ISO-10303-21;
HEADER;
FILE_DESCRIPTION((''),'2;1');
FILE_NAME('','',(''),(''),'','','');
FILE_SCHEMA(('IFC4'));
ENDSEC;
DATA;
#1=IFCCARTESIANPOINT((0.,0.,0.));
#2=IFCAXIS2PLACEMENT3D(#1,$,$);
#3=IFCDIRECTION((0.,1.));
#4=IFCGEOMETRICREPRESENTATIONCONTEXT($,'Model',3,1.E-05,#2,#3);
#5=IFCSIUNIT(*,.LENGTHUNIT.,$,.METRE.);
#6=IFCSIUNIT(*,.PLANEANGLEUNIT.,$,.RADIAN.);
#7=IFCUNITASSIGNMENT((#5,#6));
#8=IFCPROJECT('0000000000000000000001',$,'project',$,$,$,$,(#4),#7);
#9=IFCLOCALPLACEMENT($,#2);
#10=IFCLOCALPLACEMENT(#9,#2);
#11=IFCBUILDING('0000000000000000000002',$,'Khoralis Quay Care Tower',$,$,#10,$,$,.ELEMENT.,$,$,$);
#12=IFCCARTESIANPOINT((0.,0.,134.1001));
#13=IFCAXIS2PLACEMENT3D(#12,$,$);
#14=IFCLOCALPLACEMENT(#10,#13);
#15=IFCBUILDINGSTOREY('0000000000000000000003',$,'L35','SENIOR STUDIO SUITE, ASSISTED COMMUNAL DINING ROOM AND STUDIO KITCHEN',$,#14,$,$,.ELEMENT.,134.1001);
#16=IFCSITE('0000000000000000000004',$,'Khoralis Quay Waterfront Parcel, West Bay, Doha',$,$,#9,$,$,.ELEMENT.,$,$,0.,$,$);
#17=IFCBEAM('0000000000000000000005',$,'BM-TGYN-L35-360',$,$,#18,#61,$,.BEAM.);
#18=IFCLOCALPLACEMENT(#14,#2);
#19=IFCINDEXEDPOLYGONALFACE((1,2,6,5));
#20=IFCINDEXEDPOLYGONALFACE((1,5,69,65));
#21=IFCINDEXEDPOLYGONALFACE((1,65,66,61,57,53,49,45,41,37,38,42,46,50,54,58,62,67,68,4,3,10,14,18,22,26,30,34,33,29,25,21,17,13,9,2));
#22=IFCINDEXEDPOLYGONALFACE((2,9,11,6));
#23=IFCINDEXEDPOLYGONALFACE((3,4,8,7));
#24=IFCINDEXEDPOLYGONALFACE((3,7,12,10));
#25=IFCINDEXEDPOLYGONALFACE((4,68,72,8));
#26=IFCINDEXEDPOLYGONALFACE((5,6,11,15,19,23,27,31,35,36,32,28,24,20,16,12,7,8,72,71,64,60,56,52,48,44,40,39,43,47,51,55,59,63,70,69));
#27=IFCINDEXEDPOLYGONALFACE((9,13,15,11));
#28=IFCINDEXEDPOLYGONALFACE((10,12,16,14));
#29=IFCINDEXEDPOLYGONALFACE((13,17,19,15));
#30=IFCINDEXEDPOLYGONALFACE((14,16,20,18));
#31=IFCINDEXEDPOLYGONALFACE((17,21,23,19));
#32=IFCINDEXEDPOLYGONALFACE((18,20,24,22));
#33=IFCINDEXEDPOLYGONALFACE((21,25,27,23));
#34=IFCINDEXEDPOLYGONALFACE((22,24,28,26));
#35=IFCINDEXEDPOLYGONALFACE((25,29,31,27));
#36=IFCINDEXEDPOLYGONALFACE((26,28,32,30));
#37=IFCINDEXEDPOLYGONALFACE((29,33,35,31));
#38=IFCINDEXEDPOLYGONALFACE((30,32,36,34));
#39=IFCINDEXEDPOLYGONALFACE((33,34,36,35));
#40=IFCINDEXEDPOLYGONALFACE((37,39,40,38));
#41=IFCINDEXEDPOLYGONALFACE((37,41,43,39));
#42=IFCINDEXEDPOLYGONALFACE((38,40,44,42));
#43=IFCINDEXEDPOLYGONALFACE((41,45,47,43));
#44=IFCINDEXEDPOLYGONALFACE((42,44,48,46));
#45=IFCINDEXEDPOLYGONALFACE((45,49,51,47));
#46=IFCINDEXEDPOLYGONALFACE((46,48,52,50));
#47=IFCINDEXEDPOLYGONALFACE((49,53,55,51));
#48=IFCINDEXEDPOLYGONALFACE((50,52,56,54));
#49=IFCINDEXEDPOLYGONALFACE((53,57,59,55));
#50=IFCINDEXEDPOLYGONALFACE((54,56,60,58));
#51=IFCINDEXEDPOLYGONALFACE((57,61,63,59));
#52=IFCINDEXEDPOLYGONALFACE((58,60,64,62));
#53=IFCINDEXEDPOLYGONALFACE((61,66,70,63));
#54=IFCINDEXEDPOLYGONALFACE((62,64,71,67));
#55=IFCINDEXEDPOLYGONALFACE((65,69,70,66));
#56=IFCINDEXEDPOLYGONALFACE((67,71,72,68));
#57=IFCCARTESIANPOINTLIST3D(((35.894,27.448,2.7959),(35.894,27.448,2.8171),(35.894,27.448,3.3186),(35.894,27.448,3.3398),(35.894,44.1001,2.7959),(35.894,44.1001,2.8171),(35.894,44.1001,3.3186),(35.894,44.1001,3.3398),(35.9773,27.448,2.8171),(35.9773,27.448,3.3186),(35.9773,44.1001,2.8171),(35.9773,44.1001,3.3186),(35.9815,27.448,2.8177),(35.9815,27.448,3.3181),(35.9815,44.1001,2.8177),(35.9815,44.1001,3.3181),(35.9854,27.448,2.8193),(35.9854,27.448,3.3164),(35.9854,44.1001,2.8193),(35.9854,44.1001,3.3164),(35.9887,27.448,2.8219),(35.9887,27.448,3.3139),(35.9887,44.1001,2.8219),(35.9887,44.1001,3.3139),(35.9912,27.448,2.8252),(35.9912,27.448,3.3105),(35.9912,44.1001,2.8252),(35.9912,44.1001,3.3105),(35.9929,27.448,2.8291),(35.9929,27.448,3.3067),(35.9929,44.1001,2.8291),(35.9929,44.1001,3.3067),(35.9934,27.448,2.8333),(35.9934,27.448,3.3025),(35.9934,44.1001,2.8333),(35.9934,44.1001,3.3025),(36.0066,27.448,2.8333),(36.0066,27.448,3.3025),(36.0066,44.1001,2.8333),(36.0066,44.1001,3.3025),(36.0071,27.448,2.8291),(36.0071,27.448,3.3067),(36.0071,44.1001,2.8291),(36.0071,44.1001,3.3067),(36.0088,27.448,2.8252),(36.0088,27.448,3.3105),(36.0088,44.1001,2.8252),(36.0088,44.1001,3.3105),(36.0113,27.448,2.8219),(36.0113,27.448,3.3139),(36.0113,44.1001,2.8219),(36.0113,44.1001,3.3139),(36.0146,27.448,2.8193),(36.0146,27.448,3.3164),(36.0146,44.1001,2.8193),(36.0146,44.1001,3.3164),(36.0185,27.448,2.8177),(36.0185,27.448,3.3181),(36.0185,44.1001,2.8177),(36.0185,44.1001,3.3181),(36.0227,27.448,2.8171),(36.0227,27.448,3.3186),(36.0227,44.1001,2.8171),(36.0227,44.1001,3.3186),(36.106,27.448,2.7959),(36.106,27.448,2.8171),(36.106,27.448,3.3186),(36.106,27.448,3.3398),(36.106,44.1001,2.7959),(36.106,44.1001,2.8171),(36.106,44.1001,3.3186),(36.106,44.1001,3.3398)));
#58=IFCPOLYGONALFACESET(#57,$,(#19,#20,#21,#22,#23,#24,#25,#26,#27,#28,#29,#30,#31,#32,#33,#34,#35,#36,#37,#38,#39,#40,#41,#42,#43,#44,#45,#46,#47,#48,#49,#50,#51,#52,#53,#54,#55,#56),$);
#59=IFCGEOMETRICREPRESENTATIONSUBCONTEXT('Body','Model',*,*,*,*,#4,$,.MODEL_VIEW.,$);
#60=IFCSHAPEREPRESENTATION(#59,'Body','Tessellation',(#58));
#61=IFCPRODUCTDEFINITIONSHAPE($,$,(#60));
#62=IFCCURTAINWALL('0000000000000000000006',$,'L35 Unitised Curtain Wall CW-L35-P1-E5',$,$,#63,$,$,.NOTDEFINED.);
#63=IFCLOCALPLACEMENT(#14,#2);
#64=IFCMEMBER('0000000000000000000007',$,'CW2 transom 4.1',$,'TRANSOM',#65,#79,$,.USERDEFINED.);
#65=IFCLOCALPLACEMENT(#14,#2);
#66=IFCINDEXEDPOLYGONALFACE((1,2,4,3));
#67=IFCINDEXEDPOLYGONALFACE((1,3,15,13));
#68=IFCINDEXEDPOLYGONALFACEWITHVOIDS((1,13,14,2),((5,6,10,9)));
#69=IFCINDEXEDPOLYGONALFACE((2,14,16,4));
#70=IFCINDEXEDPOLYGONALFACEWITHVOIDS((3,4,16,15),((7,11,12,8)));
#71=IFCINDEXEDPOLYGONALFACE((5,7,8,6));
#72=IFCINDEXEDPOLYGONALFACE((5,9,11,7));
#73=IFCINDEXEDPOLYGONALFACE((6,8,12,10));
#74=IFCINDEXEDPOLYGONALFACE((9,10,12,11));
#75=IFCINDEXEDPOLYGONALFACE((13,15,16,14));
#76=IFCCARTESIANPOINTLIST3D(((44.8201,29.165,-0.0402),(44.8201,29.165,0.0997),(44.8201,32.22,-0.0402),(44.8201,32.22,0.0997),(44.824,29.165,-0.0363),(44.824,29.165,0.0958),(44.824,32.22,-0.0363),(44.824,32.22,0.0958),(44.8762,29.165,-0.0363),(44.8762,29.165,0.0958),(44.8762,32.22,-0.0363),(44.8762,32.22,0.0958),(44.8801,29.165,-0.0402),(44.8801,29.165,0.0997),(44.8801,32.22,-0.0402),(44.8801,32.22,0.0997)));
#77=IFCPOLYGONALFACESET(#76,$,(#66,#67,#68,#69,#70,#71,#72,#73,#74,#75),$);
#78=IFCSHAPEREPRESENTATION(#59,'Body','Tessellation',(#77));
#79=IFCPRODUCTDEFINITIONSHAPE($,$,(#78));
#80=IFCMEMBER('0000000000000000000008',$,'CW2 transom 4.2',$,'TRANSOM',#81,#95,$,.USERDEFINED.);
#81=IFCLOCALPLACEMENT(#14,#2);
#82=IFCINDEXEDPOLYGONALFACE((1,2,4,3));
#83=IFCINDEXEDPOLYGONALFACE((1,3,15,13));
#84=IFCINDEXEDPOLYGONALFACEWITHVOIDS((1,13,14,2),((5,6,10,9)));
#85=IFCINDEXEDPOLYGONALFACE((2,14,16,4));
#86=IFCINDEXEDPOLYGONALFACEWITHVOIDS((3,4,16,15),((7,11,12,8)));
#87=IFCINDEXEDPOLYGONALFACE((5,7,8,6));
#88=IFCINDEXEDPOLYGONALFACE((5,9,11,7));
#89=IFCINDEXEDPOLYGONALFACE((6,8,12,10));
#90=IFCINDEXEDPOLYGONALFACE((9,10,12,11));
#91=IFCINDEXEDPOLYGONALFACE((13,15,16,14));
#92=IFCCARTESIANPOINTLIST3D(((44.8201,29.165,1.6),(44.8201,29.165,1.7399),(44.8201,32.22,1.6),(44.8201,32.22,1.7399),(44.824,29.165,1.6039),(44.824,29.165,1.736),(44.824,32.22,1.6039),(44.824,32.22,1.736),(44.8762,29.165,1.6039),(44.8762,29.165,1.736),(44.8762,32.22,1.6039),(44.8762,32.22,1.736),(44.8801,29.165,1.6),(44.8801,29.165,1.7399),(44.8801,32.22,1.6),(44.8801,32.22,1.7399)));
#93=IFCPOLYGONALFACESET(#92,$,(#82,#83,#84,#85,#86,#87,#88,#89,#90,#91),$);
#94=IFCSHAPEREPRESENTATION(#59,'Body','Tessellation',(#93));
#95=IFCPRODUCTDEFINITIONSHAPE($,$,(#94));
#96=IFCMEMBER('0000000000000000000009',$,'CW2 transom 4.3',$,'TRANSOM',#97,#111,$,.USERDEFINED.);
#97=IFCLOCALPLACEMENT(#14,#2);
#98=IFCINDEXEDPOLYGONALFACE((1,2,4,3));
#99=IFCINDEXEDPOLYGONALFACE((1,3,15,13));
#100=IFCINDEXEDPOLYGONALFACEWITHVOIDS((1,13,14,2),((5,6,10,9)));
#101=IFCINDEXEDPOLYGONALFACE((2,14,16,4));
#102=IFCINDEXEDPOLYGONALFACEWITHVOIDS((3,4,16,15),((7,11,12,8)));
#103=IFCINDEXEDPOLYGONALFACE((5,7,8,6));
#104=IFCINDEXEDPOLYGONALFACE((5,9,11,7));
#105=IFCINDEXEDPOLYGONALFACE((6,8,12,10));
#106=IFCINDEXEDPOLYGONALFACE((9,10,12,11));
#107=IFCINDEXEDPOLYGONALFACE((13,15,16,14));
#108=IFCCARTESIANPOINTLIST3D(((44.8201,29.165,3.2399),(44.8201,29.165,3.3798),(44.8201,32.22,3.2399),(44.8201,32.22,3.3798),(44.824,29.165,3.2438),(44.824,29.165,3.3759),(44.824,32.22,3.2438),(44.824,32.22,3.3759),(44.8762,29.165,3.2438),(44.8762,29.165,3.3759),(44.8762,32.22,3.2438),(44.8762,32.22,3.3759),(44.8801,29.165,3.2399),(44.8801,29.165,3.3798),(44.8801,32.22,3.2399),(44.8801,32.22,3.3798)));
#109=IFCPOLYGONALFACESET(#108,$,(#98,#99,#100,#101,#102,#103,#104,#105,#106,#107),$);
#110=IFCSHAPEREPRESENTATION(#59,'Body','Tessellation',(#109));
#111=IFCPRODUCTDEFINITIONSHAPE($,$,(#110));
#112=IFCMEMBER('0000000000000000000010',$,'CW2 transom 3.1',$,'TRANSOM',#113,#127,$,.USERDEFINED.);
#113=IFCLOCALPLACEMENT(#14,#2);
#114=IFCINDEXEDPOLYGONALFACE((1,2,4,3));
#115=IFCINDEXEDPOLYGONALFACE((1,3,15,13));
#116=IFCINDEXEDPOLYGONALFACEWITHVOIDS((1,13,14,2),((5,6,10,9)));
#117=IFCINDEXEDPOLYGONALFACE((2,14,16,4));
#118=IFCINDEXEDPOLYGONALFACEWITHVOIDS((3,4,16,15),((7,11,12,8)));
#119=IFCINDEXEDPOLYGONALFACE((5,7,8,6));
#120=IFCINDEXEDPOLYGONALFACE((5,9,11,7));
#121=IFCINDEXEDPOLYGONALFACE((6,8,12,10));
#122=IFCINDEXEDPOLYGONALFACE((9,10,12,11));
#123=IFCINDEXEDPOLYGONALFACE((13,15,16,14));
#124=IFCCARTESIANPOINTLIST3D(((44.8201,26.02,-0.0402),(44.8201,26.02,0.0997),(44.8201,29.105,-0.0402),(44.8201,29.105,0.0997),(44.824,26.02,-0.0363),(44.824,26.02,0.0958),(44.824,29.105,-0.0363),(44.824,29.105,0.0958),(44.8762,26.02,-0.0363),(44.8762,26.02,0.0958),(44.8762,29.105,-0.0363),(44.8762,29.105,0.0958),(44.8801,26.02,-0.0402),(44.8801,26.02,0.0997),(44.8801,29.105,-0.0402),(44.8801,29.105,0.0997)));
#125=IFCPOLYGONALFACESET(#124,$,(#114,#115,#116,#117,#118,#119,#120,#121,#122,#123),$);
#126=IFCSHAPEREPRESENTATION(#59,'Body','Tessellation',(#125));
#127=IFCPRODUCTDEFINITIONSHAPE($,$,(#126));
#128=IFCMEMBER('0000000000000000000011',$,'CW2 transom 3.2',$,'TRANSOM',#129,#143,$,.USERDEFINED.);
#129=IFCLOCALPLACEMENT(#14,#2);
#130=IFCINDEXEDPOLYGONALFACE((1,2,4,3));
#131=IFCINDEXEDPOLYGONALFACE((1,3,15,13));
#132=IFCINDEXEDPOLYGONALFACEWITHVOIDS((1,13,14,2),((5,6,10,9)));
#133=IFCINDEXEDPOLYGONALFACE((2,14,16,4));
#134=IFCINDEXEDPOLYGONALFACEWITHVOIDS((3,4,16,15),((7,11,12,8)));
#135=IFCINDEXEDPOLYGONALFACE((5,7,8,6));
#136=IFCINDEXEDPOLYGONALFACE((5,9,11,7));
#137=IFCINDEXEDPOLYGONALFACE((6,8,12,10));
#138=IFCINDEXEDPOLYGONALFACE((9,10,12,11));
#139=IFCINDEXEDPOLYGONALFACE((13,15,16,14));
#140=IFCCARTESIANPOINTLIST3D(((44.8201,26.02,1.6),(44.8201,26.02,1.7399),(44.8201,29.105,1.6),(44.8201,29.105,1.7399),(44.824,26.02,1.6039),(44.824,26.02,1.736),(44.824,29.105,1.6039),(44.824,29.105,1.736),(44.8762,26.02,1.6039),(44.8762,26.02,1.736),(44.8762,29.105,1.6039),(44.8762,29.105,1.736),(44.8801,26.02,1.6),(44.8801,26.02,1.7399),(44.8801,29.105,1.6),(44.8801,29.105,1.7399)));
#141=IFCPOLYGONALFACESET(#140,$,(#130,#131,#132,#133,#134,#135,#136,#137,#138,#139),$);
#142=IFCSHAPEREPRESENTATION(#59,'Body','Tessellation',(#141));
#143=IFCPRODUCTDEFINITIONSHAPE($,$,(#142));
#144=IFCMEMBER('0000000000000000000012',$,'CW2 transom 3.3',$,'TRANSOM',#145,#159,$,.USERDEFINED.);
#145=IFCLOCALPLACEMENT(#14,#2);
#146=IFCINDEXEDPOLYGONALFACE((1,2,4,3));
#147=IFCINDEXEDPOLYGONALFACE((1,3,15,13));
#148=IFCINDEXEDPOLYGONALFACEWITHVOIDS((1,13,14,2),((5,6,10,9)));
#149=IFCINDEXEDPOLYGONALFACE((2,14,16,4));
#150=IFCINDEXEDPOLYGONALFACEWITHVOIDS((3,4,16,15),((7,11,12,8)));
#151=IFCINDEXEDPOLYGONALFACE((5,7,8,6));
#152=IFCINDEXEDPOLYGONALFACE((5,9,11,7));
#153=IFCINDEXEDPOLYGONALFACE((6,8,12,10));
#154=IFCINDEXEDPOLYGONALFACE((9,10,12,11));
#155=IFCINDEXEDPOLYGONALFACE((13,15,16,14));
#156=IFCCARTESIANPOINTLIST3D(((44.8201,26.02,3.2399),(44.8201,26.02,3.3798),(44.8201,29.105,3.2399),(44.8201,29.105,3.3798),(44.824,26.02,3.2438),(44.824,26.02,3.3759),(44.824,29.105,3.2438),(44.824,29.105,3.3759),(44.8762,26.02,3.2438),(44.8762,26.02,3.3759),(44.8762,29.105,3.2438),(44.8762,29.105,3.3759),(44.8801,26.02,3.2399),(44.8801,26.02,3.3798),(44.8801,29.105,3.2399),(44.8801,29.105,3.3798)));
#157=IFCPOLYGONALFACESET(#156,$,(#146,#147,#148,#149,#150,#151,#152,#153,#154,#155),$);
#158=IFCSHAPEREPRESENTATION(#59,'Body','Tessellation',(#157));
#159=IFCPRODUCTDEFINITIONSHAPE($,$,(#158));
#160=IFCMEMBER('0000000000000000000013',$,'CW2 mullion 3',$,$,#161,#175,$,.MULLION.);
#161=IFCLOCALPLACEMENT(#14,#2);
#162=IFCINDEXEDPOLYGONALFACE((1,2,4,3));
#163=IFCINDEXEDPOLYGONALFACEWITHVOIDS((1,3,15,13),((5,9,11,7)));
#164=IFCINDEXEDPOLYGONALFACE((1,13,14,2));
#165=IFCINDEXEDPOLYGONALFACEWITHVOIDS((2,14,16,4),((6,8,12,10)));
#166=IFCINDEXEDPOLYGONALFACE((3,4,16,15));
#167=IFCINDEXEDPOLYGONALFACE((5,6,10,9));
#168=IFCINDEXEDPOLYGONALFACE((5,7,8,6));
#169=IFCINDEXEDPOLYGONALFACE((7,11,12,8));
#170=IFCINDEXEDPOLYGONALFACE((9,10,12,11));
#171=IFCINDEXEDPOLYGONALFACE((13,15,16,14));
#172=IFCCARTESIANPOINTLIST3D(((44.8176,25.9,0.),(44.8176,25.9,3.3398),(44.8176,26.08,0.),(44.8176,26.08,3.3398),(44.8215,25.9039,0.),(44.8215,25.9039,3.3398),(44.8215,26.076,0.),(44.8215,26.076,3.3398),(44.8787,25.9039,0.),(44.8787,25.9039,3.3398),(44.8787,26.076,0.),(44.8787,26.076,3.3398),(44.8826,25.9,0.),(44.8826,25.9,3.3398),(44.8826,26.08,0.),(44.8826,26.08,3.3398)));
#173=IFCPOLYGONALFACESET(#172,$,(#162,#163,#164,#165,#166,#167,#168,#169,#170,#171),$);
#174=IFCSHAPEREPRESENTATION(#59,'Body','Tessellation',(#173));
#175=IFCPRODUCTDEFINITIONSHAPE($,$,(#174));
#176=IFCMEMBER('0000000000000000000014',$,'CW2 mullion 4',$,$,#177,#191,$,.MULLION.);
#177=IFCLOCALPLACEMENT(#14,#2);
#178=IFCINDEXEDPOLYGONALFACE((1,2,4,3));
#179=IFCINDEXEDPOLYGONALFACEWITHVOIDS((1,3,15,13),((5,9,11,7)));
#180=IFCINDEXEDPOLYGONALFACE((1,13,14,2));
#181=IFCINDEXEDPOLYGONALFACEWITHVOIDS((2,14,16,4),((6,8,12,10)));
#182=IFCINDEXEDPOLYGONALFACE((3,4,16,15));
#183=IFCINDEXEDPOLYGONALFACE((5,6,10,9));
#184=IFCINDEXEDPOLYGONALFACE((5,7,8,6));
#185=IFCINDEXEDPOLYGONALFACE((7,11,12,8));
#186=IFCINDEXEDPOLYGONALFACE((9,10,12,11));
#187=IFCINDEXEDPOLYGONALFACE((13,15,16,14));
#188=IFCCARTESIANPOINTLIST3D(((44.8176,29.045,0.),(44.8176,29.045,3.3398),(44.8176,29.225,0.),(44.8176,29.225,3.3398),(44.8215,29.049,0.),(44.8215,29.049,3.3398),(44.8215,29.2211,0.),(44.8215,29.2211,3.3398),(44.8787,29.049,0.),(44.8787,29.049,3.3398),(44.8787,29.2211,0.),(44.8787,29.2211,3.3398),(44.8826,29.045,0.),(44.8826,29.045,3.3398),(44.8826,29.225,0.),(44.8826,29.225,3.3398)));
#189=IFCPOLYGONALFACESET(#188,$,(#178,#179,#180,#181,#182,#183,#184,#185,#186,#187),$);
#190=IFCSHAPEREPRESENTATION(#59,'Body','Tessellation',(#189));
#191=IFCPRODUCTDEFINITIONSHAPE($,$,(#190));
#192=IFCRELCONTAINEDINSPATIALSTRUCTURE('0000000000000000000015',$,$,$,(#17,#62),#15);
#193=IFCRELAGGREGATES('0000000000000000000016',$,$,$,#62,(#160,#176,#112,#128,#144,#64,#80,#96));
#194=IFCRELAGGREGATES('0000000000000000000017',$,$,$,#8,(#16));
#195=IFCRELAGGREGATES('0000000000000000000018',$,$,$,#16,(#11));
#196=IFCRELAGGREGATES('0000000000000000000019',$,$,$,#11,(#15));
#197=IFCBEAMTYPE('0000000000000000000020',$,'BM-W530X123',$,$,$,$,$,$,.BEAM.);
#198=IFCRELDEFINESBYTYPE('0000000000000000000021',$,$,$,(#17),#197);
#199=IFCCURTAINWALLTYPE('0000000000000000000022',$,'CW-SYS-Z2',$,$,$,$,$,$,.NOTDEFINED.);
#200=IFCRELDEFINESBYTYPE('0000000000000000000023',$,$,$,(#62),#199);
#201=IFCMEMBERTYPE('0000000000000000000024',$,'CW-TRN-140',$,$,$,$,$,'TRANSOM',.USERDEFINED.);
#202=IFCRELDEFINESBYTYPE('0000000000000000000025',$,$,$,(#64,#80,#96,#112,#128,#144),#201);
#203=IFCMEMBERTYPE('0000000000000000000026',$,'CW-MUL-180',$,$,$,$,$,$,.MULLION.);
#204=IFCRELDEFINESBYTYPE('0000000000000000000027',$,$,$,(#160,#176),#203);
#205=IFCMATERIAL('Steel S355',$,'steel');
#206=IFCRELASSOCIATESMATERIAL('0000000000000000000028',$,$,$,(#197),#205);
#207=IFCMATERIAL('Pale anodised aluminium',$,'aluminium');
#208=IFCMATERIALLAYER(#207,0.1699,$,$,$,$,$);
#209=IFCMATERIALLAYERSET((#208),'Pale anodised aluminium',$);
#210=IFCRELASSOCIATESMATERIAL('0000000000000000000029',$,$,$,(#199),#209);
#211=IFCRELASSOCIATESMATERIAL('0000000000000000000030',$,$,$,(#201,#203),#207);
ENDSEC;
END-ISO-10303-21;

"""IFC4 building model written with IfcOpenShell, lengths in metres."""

from ifc_helpers import new_model, si_unit, direction, frame, origin, origin_2d, place, context, subcontext, project, spatial, hollow_rectangle, i_section, extrude, source, transform, mapped, material, layer, layer_set, material_profile, profile_set, type_object, element, aggregate, save


model = new_model("IFC4")

# Units and contexts
model_context = context("Model", 3, precision=1e-05, world=origin(), true_north=direction((0.0, 1.0)))
body_context = subcontext(model_context, "Body", "Model", "MODEL_VIEW")
ifc_project = project(units=[si_unit("LENGTHUNIT", "METRE"), si_unit("PLANEANGLEUNIT", "RADIAN")], contexts=[model_context])

# Site, building, storey
site_placement = place(None, origin())
site = spatial("IfcSite", under=ifc_project, at=site_placement, Name="Khoralis Quay Waterfront Parcel, West Bay, Doha", CompositionType="ELEMENT", RefElevation=0.0)
building_placement = place(site_placement, origin())
building = spatial("IfcBuilding", under=site, at=building_placement, Name="Khoralis Quay Care Tower", CompositionType="ELEMENT")
storey_placement = place(building_placement, frame((0.0, 0.0, 134.1001)))
storey = spatial("IfcBuildingStorey", under=building, at=storey_placement, Name="L35", Description="SENIOR STUDIO SUITE, ASSISTED COMMUNAL DINING ROOM AND STUDIO KITCHEN", CompositionType="ELEMENT", Elevation=134.1001)

# Beam
ifc_material_1 = material(Name="Steel S355", Category="steel")
ifc_material_profile_1 = material_profile(ifc_material_1, i_section(OverallWidth=0.2119, OverallDepth=0.5439, WebThickness=0.0132, FlangeThickness=0.0212, FilletRadius=0.0161, at=origin_2d()), Name="Steel S355")
ifc_profile_set_1 = profile_set([ifc_material_profile_1], Name="Steel S355")
beam_type_1 = type_object("IfcBeamType", Name="BM-W530X123", PredefinedType="BEAM", material=ifc_profile_set_1)
shared_shape_1 = source(origin(), body_context, "Body", "SweptSolid", [
    extrude(i_section(OverallWidth=0.2119, OverallDepth=0.5439, WebThickness=0.0132, FlangeThickness=0.0212, FilletRadius=0.0161, at=origin_2d()), origin(), (0.0, 0.0, 1.0), 16.6521),
])
beam_1_placement = place(storey_placement, frame((36.0, 27.448, 3.0679), z_axis=(0.0, 1.0, 0.0), x_axis=(-1.0, 0.0, 0.0)))
element("IfcBeam", 1, at=beam_1_placement, inside=storey, type_object=beam_type_1, Name="BM-TGYN-L35-360", PredefinedType="BEAM", context=body_context, shape_type="MappedRepresentation", body=[
    mapped(shared_shape_1, transform((0.0, 0.0, 0.0), scale=1.0)),
])

# Curtain wall, members
ifc_material_2 = material(Name="Pale anodised aluminium", Category="aluminium")
ifc_layer_1 = layer(ifc_material_2, 0.1699)
ifc_layer_set_1 = layer_set([ifc_layer_1], Name="Pale anodised aluminium")
curtain_wall_type = type_object("IfcCurtainWallType", Name="CW-SYS-Z2", PredefinedType="NOTDEFINED", material=ifc_layer_set_1)
curtain_wall_placement = place(storey_placement, origin())
curtain_wall = element("IfcCurtainWall", 2, at=curtain_wall_placement, inside=storey, type_object=curtain_wall_type, Name="L35 Unitised Curtain Wall CW-L35-P1-E5", PredefinedType="NOTDEFINED")
ifc_material_profile_2 = material_profile(ifc_material_2, hollow_rectangle(XDim=0.0601, YDim=0.1399, WallThickness=0.0039, at=origin_2d()), Name="Pale anodised aluminium")
ifc_profile_set_2 = profile_set([ifc_material_profile_2], Name="Pale anodised aluminium")
member_type_1 = type_object("IfcMemberType", Name="CW-TRN-140", ElementType="TRANSOM", PredefinedType="USERDEFINED", material=ifc_profile_set_2)
shared_shape_2 = source(origin(), body_context, "Body", "SweptSolid", [
    extrude(hollow_rectangle(XDim=0.0601, YDim=0.1399, WallThickness=0.0039, at=origin_2d()), origin(), (0.0, 0.0, 1.0), 3.0549),
])
member_1_placement = place(storey_placement, frame((44.8501, 29.165, 0.0298), z_axis=(0.0, 1.0, 0.0), x_axis=(-1.0, 0.0, 0.0)))
member_1 = element("IfcMember", 3, at=member_1_placement, type_object=member_type_1, Name="CW2 transom 4.1", ObjectType="TRANSOM", PredefinedType="USERDEFINED", context=body_context, shape_type="MappedRepresentation", body=[
    mapped(shared_shape_2, transform((0.0, 0.0, 0.0), scale=1.0)),
])
member_2_placement = place(storey_placement, frame((44.8501, 29.165, 1.6699), z_axis=(0.0, 1.0, 0.0), x_axis=(-1.0, 0.0, 0.0)))
member_2 = element("IfcMember", 4, at=member_2_placement, type_object=member_type_1, Name="CW2 transom 4.2", ObjectType="TRANSOM", PredefinedType="USERDEFINED", context=body_context, shape_type="MappedRepresentation", body=[
    mapped(shared_shape_2, transform((0.0, 0.0, 0.0), scale=1.0)),
])
member_3_placement = place(storey_placement, frame((44.8501, 29.165, 3.3098), z_axis=(0.0, 1.0, 0.0), x_axis=(-1.0, 0.0, 0.0)))
member_3 = element("IfcMember", 5, at=member_3_placement, type_object=member_type_1, Name="CW2 transom 4.3", ObjectType="TRANSOM", PredefinedType="USERDEFINED", context=body_context, shape_type="MappedRepresentation", body=[
    mapped(shared_shape_2, transform((0.0, 0.0, 0.0), scale=1.0)),
])
shared_shape_3 = source(origin(), body_context, "Body", "SweptSolid", [
    extrude(hollow_rectangle(XDim=0.0601, YDim=0.1399, WallThickness=0.0039, at=origin_2d()), origin(), (0.0, 0.0, 1.0), 3.085),
])
member_4_placement = place(storey_placement, frame((44.8501, 26.02, 0.0298), z_axis=(0.0, 1.0, 0.0), x_axis=(-1.0, 0.0, 0.0)))
member_4 = element("IfcMember", 6, at=member_4_placement, type_object=member_type_1, Name="CW2 transom 3.1", ObjectType="TRANSOM", PredefinedType="USERDEFINED", context=body_context, shape_type="MappedRepresentation", body=[
    mapped(shared_shape_3, transform((0.0, 0.0, 0.0), scale=1.0)),
])
member_5_placement = place(storey_placement, frame((44.8501, 26.02, 1.6699), z_axis=(0.0, 1.0, 0.0), x_axis=(-1.0, 0.0, 0.0)))
member_5 = element("IfcMember", 7, at=member_5_placement, type_object=member_type_1, Name="CW2 transom 3.2", ObjectType="TRANSOM", PredefinedType="USERDEFINED", context=body_context, shape_type="MappedRepresentation", body=[
    mapped(shared_shape_3, transform((0.0, 0.0, 0.0), scale=1.0)),
])
member_6_placement = place(storey_placement, frame((44.8501, 26.02, 3.3098), z_axis=(0.0, 1.0, 0.0), x_axis=(-1.0, 0.0, 0.0)))
member_6 = element("IfcMember", 8, at=member_6_placement, type_object=member_type_1, Name="CW2 transom 3.3", ObjectType="TRANSOM", PredefinedType="USERDEFINED", context=body_context, shape_type="MappedRepresentation", body=[
    mapped(shared_shape_3, transform((0.0, 0.0, 0.0), scale=1.0)),
])
ifc_material_profile_3 = material_profile(ifc_material_2, hollow_rectangle(XDim=0.0649, YDim=0.1799, WallThickness=0.0039, at=origin_2d()), Name="Pale anodised aluminium")
ifc_profile_set_3 = profile_set([ifc_material_profile_3], Name="Pale anodised aluminium")
member_type_2 = type_object("IfcMemberType", Name="CW-MUL-180", PredefinedType="MULLION", material=ifc_profile_set_3)
shared_shape_4 = source(origin(), body_context, "Body", "SweptSolid", [
    extrude(hollow_rectangle(XDim=0.0649, YDim=0.1799, WallThickness=0.0039, at=origin_2d()), origin(), (0.0, 0.0, 1.0), 3.3398),
])
member_7_placement = place(storey_placement, frame((44.8501, 25.99, 0.0), z_axis=(0.0, 0.0, 1.0), x_axis=(-1.0, 0.0, 0.0)))
member_7 = element("IfcMember", 9, at=member_7_placement, type_object=member_type_2, Name="CW2 mullion 3", PredefinedType="MULLION", context=body_context, shape_type="MappedRepresentation", body=[
    mapped(shared_shape_4, transform((0.0, 0.0, 0.0), scale=1.0)),
])
member_8_placement = place(storey_placement, frame((44.8501, 29.135, 0.0), z_axis=(0.0, 0.0, 1.0), x_axis=(-1.0, 0.0, 0.0)))
member_8 = element("IfcMember", 10, at=member_8_placement, type_object=member_type_2, Name="CW2 mullion 4", PredefinedType="MULLION", context=body_context, shape_type="MappedRepresentation", body=[
    mapped(shared_shape_4, transform((0.0, 0.0, 0.0), scale=1.0)),
])
aggregate(curtain_wall, [member_7, member_8, member_4, member_5, member_6, member_1, member_2, member_3])

save(model, "model.ifc")
